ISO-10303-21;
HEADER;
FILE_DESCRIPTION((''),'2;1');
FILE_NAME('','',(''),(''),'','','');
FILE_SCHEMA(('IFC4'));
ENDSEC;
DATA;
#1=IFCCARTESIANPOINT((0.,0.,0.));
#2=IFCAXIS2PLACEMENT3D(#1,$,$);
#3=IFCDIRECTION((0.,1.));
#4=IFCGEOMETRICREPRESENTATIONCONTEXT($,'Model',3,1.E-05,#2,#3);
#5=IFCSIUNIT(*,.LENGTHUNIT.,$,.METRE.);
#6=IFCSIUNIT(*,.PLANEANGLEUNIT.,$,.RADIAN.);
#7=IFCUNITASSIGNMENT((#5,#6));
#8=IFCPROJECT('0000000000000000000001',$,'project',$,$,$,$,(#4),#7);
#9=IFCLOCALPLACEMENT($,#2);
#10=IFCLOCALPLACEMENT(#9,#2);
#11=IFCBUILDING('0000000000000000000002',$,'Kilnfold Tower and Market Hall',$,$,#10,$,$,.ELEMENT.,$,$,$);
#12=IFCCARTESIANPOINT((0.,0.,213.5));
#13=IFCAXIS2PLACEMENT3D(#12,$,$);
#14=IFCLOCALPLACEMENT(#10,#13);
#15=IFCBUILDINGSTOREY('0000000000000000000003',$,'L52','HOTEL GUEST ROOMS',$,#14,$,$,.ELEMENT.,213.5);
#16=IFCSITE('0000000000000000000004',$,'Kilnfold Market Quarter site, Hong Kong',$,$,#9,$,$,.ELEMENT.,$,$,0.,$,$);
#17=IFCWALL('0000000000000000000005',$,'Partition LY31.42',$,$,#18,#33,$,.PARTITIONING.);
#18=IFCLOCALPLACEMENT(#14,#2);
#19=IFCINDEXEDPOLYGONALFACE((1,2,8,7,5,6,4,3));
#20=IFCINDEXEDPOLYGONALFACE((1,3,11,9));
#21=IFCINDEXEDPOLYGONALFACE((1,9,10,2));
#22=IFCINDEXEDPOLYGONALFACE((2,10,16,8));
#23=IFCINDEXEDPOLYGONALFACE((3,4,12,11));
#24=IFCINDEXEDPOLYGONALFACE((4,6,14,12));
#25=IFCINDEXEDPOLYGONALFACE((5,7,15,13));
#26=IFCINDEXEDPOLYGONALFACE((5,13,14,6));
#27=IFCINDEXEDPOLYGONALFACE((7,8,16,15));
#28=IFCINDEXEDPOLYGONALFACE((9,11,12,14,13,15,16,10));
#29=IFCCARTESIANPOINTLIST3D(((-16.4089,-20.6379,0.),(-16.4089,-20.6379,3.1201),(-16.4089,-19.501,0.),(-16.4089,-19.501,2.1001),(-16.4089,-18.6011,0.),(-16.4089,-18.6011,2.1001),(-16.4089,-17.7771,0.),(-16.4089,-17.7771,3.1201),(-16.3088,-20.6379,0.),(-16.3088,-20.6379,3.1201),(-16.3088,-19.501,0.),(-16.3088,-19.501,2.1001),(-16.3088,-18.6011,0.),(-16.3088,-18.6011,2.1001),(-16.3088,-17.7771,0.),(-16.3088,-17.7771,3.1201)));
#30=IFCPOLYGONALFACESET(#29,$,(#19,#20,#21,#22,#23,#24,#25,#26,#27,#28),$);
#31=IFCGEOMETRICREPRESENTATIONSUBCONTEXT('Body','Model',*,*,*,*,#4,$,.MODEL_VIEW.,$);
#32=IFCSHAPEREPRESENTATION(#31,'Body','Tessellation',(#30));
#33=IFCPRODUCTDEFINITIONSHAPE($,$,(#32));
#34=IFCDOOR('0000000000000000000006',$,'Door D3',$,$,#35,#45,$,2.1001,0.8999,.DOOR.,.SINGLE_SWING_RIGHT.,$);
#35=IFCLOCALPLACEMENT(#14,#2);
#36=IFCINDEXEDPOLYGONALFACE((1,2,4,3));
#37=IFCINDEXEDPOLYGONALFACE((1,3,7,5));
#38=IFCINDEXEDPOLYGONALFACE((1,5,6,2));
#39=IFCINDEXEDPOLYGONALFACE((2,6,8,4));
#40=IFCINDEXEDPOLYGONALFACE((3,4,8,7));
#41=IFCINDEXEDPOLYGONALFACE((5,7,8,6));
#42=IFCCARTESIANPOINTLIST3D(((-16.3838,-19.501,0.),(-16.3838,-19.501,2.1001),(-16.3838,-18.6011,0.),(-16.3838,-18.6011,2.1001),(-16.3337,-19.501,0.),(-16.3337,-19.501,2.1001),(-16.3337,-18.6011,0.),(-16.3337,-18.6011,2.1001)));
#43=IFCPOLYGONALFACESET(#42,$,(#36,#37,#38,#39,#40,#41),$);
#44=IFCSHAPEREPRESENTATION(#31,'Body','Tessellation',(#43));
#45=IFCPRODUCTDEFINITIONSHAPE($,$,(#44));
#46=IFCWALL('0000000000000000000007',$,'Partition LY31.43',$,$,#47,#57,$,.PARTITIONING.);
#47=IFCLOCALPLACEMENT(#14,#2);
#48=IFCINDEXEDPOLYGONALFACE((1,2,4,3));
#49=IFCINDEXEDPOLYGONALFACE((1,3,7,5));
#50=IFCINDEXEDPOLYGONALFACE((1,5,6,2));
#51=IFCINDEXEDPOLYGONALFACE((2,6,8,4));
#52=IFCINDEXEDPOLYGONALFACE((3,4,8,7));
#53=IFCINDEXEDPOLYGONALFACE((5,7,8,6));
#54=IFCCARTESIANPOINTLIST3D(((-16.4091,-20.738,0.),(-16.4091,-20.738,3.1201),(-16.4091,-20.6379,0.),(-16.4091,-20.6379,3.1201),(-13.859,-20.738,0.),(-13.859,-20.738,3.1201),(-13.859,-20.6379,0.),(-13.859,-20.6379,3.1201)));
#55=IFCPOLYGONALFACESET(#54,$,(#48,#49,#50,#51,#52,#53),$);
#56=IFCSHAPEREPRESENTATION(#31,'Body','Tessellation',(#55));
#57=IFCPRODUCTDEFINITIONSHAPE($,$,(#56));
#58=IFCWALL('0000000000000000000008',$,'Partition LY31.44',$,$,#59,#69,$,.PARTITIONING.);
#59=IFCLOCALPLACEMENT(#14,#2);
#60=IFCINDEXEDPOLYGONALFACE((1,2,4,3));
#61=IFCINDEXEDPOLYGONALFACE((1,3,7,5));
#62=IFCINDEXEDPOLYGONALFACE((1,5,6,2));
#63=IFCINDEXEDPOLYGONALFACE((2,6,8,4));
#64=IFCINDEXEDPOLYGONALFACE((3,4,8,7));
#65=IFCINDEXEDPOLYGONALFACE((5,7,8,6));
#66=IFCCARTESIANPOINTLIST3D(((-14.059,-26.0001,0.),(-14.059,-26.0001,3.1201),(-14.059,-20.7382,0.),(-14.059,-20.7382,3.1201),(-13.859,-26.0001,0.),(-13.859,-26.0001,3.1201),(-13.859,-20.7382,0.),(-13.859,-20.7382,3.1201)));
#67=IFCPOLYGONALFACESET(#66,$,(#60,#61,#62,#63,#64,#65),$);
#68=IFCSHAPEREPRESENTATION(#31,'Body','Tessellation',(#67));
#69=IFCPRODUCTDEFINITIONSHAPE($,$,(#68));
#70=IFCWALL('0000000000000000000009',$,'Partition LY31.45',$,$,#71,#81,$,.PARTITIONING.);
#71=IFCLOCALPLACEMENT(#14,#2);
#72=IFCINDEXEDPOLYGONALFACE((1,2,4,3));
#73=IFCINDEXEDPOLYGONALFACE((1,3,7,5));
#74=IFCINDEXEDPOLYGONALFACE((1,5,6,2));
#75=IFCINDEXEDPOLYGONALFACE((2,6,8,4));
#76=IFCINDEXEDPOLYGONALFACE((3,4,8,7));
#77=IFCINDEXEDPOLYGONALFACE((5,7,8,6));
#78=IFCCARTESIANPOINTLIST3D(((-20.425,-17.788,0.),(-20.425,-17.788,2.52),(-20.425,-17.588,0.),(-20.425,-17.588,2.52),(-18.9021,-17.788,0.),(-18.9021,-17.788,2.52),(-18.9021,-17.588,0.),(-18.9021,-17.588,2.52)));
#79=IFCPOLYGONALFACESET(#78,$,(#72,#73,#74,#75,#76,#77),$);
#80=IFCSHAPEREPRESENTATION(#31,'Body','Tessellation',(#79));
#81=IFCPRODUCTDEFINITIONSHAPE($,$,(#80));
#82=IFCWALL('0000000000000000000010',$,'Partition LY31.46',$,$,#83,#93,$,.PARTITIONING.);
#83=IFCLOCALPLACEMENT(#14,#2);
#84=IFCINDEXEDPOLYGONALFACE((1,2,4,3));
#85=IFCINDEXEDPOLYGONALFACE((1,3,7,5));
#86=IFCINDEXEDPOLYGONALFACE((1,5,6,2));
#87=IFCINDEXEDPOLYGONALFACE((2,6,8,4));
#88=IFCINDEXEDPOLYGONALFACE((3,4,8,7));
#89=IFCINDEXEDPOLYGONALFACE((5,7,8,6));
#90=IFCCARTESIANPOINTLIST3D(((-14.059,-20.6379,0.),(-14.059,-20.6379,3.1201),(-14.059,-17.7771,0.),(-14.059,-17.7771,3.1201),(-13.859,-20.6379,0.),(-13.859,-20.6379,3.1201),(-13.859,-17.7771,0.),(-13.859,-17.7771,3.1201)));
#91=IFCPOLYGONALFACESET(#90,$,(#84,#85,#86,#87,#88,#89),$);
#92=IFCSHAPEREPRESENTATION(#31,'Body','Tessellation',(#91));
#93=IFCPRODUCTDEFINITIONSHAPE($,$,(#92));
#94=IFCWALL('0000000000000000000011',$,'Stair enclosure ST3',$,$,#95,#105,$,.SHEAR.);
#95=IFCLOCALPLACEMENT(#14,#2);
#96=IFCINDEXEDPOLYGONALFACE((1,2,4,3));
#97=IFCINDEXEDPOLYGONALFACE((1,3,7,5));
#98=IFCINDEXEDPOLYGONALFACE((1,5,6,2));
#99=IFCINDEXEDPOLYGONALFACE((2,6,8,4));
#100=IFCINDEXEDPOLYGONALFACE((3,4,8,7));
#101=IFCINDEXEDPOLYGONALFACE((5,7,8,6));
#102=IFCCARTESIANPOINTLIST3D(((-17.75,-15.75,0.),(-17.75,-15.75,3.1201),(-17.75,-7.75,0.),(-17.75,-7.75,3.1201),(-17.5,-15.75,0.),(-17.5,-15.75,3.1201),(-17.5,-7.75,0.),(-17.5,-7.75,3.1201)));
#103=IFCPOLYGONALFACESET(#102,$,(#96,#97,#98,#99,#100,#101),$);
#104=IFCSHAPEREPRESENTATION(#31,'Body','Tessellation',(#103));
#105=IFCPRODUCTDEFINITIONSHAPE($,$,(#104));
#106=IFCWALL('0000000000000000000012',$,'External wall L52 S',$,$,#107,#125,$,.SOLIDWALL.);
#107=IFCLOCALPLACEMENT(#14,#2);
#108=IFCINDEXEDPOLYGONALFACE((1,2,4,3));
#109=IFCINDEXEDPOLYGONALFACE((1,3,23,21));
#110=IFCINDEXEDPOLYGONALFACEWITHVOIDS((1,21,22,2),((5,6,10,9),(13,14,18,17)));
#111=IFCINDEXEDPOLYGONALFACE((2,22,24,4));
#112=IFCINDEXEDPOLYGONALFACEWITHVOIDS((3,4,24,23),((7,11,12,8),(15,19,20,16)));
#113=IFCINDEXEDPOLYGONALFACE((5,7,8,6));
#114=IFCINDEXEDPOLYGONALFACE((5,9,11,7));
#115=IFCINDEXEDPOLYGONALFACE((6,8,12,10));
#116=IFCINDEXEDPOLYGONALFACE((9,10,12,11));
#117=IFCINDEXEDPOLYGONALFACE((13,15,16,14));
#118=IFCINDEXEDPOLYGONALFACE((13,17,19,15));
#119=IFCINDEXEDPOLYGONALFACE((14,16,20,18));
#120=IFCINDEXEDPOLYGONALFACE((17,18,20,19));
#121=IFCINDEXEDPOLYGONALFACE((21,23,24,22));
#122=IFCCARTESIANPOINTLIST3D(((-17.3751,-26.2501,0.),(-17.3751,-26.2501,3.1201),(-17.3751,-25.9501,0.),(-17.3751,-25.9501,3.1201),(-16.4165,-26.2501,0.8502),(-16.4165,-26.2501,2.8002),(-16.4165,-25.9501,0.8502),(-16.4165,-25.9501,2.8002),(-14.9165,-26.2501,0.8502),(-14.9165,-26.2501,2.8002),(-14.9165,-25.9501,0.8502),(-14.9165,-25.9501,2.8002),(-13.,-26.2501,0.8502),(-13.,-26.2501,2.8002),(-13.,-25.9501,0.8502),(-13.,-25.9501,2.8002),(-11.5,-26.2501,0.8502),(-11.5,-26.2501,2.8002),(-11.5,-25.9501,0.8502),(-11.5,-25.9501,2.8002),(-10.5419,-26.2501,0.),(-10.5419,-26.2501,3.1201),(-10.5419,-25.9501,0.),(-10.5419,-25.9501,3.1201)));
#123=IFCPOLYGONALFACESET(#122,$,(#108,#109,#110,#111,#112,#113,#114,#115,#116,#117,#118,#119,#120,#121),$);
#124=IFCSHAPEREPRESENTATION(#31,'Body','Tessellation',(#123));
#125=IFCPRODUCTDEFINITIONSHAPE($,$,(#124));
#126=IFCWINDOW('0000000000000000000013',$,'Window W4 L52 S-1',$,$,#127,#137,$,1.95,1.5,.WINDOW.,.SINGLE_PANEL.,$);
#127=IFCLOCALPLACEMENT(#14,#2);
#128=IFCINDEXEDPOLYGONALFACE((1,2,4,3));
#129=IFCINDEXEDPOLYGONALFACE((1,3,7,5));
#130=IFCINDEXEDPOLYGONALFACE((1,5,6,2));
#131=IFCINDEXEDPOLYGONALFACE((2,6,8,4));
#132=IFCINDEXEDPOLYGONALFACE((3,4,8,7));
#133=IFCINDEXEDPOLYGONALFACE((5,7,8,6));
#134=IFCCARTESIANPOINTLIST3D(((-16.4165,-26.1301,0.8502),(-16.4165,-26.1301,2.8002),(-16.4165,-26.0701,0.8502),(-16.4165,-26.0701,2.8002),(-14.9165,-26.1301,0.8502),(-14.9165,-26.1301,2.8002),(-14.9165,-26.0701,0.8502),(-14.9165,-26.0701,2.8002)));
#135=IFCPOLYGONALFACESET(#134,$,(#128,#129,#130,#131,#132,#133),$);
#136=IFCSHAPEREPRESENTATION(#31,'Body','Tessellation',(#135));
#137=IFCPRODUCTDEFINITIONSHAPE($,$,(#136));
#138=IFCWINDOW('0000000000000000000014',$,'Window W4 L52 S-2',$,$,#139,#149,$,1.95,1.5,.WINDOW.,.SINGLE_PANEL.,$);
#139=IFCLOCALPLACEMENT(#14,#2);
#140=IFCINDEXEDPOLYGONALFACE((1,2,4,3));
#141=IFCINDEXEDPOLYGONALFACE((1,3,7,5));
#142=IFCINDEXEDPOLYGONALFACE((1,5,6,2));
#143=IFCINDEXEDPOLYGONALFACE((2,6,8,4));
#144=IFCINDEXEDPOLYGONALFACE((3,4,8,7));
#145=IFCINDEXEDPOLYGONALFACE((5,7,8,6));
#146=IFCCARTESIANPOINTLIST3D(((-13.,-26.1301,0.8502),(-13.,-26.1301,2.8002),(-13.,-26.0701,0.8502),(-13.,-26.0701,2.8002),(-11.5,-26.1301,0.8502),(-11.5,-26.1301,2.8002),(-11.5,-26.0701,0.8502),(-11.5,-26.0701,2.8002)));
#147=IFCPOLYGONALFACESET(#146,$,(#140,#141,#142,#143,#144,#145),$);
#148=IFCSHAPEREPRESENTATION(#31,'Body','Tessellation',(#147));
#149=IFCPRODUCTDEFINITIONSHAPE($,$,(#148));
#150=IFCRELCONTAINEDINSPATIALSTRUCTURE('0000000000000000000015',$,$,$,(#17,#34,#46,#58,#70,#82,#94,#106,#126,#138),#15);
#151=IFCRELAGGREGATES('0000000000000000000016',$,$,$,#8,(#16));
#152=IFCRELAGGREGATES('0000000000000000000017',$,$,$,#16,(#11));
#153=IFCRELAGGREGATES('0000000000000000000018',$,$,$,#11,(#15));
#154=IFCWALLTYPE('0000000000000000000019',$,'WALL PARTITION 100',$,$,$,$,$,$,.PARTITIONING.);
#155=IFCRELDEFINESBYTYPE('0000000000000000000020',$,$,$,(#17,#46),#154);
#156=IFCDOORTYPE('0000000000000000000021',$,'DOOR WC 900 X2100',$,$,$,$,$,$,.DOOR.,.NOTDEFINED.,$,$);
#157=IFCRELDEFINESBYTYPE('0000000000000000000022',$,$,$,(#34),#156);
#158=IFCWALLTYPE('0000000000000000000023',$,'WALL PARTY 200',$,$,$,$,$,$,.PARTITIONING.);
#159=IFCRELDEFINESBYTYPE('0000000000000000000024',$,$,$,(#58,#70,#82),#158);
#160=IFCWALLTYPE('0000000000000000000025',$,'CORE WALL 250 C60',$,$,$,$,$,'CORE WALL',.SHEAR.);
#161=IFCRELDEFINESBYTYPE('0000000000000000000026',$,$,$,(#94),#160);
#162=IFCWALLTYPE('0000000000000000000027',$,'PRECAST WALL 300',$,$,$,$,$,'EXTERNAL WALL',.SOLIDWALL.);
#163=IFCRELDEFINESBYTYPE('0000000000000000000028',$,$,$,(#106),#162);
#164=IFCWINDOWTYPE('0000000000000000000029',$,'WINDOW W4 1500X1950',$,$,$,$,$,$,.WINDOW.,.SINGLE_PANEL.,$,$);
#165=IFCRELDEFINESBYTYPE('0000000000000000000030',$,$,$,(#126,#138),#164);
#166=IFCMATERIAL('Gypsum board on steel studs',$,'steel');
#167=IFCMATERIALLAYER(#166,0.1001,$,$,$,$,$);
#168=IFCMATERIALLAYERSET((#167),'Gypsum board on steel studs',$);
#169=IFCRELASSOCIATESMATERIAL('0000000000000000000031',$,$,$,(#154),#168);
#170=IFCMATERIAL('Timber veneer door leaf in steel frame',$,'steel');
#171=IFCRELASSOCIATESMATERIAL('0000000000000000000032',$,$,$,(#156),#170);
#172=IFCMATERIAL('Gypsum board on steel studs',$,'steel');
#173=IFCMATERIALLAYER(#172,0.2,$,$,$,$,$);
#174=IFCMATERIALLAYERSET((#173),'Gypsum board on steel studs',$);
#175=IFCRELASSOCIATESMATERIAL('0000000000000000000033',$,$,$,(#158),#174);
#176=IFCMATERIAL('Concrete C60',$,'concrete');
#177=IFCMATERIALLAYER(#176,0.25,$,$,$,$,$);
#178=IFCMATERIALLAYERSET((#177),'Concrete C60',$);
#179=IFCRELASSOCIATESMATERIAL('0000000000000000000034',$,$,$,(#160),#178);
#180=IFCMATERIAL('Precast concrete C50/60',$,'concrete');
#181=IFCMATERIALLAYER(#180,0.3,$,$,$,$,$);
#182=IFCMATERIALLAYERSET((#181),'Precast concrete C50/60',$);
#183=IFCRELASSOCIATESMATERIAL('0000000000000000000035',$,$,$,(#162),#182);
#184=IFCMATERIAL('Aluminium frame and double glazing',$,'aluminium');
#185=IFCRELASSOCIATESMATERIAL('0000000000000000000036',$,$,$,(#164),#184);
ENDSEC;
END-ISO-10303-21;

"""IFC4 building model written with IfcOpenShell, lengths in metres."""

from ifc_helpers import new_model, si_unit, direction, frame, frame_2d, origin, place, context, subcontext, project, spatial, rectangle, extrude, source, transform, mapped, material, layer, layer_set, type_object, element, fill, save


model = new_model("IFC4")

# Units and contexts
model_context = context("Model", 3, precision=1e-05, world=origin(), true_north=direction((0.0, 1.0)))
body_context = subcontext(model_context, "Body", "Model", "MODEL_VIEW")
ifc_project = project(units=[si_unit("LENGTHUNIT", "METRE"), si_unit("PLANEANGLEUNIT", "RADIAN")], contexts=[model_context])

# Site, building, storey
site_placement = place(None, origin())
site = spatial("IfcSite", under=ifc_project, at=site_placement, Name="Kilnfold Market Quarter site, Hong Kong", CompositionType="ELEMENT", RefElevation=0.0)
building_placement = place(site_placement, origin())
building = spatial("IfcBuilding", under=site, at=building_placement, Name="Kilnfold Tower and Market Hall", CompositionType="ELEMENT")
storey_placement = place(building_placement, frame((0.0, 0.0, 213.5)))
storey = spatial("IfcBuildingStorey", under=building, at=storey_placement, Name="L52", Description="HOTEL GUEST ROOMS", CompositionType="ELEMENT", Elevation=213.5)

# Wall, opening, door
ifc_material_1 = material(Name="Gypsum board on steel studs", Category="steel")
ifc_layer_1 = layer(ifc_material_1, 0.1001)
ifc_layer_set_1 = layer_set([ifc_layer_1], Name="Gypsum board on steel studs")
wall_type_1 = type_object("IfcWallType", Name="WALL PARTITION 100", PredefinedType="PARTITIONING", material=ifc_layer_set_1)
wall_1_placement = place(storey_placement, frame((-16.3589, -20.6379, 0.0), z_axis=(0.0, 0.0, 1.0), x_axis=(0.0, 1.0, 0.0)))
wall_1 = element("IfcWall", 1, at=wall_1_placement, inside=storey, type_object=wall_type_1, Name="Partition LY31.42", PredefinedType="PARTITIONING", context=body_context, shape_type="SweptSolid", body=[
    extrude(rectangle(XDim=2.8608, YDim=0.1001, at=frame_2d((1.4304, 0.0))), origin(), (0.0, 0.0, 1.0), 3.1201),
])
opening_1_placement = place(wall_1_placement, frame((1.137, 0.0, 0.0)))
opening_1 = element("IfcOpeningElement", 2, at=opening_1_placement, cuts=wall_1, PredefinedType="OPENING", context=body_context, shape_type="SweptSolid", body=[
    extrude(rectangle(XDim=0.8999, YDim=2.1001, at=frame_2d((0.45, 1.05))), frame((0.0, 0.0601, 0.0), z_axis=(0.0, -1.0, 0.0), x_axis=(1.0, 0.0, 0.0)), (0.0, 0.0, 1.0), 0.1201),
])
ifc_material_2 = material(Name="Timber veneer door leaf in steel frame", Category="steel")
door_type_1 = type_object("IfcDoorType", Name="DOOR WC 900 X2100", OperationType="NOTDEFINED", PredefinedType="DOOR", material=ifc_material_2)
door_1_placement = place(opening_1_placement, origin())
door_1 = element("IfcDoor", 3, at=door_1_placement, inside=storey, type_object=door_type_1, Name="Door D3", OperationType="SINGLE_SWING_RIGHT", OverallHeight=2.1001, OverallWidth=0.8999, PredefinedType="DOOR", context=body_context, shape_type="SweptSolid", body=[
    extrude(rectangle(XDim=0.8999, YDim=2.1001, at=frame_2d((0.45, 1.05))), frame((0.0, 0.0249, 0.0), z_axis=(0.0, -1.0, 0.0), x_axis=(1.0, 0.0, 0.0)), (0.0, 0.0, 1.0), 0.05),
])
fill(opening_1, door_1)

# Walls
wall_2_placement = place(storey_placement, frame((-16.4089, -20.688, 0.0), z_axis=(0.0, 0.0, 1.0), x_axis=(1.0, 0.0, 0.0)))
element("IfcWall", 4, at=wall_2_placement, inside=storey, type_object=wall_type_1, Name="Partition LY31.43", PredefinedType="PARTITIONING", context=body_context, shape_type="SweptSolid", body=[
    extrude(rectangle(XDim=2.55, YDim=0.1001, at=frame_2d((1.2749, 0.0))), origin(), (0.0, 0.0, 1.0), 3.1201),
])
ifc_material_3 = material(Name="Gypsum board on steel studs", Category="steel")
ifc_layer_2 = layer(ifc_material_3, 0.2)
ifc_layer_set_2 = layer_set([ifc_layer_2], Name="Gypsum board on steel studs")
wall_type_2 = type_object("IfcWallType", Name="WALL PARTY 200", PredefinedType="PARTITIONING", material=ifc_layer_set_2)
wall_3_placement = place(storey_placement, frame((-13.959, -26.0, 0.0), z_axis=(0.0, 0.0, 1.0), x_axis=(0.0, 1.0, 0.0)))
element("IfcWall", 5, at=wall_3_placement, inside=storey, type_object=wall_type_2, Name="Partition LY31.44", PredefinedType="PARTITIONING", context=body_context, shape_type="SweptSolid", body=[
    extrude(rectangle(XDim=5.262, YDim=0.2, at=frame_2d((2.6309, 0.0))), origin(), (0.0, 0.0, 1.0), 3.1201),
])
wall_4_placement = place(storey_placement, frame((-20.425, -17.688, 0.0), z_axis=(0.0, 0.0, 1.0), x_axis=(1.0, 0.0, 0.0)))
element("IfcWall", 6, at=wall_4_placement, inside=storey, type_object=wall_type_2, Name="Partition LY31.45", PredefinedType="PARTITIONING", context=body_context, shape_type="SweptSolid", body=[
    extrude(rectangle(XDim=1.5229, YDim=0.2, at=frame_2d((0.7615, 0.0))), origin(), (0.0, 0.0, 1.0), 2.52),
])
wall_5_placement = place(storey_placement, frame((-13.959, -20.6379, 0.0), z_axis=(0.0, 0.0, 1.0), x_axis=(0.0, 1.0, 0.0)))
element("IfcWall", 7, at=wall_5_placement, inside=storey, type_object=wall_type_2, Name="Partition LY31.46", PredefinedType="PARTITIONING", context=body_context, shape_type="SweptSolid", body=[
    extrude(rectangle(XDim=2.8608, YDim=0.2, at=frame_2d((1.4304, 0.0))), origin(), (0.0, 0.0, 1.0), 3.1201),
])
ifc_material_4 = material(Name="Concrete C60", Category="concrete")
ifc_layer_3 = layer(ifc_material_4, 0.25)
ifc_layer_set_3 = layer_set([ifc_layer_3], Name="Concrete C60")
wall_type_3 = type_object("IfcWallType", Name="CORE WALL 250 C60", ElementType="CORE WALL", PredefinedType="SHEAR", material=ifc_layer_set_3)
shared_shape_1 = source(origin(), body_context, "Body", "SweptSolid", [
    extrude(rectangle(XDim=8.0, YDim=0.25, at=frame_2d((4.0, 0.0))), origin(), (0.0, 0.0, 1.0), 3.1201),
])
wall_6_placement = place(storey_placement, frame((-17.625, -15.75, 0.0), z_axis=(0.0, 0.0, 1.0), x_axis=(0.0, 1.0, 0.0)))
element("IfcWall", 8, at=wall_6_placement, inside=storey, type_object=wall_type_3, Name="Stair enclosure ST3", PredefinedType="SHEAR", context=body_context, shape_type="MappedRepresentation", body=[
    mapped(shared_shape_1, transform((0.0, 0.0, 0.0))),
])

# Wall, openings, windows
ifc_material_5 = material(Name="Precast concrete C50/60", Category="concrete")
ifc_layer_4 = layer(ifc_material_5, 0.3)
ifc_layer_set_4 = layer_set([ifc_layer_4], Name="Precast concrete C50/60")
wall_type_4 = type_object("IfcWallType", Name="PRECAST WALL 300", ElementType="EXTERNAL WALL", PredefinedType="SOLIDWALL", material=ifc_layer_set_4)
shared_shape_2 = source(origin(), body_context, "Body", "SweptSolid", [
    extrude(rectangle(XDim=6.8333, YDim=0.3, at=frame_2d((3.4165, 0.0))), origin(), (0.0, 0.0, 1.0), 3.1201),
])
wall_7_placement = place(storey_placement, frame((-17.375, -26.1001, 0.0), z_axis=(0.0, 0.0, 1.0), x_axis=(1.0, 0.0, 0.0)))
wall_7 = element("IfcWall", 9, at=wall_7_placement, inside=storey, type_object=wall_type_4, Name="External wall L52 S", PredefinedType="SOLIDWALL", context=body_context, shape_type="MappedRepresentation", body=[
    mapped(shared_shape_2, transform((0.0, 0.0, 0.0))),
])
opening_2_placement = place(wall_7_placement, frame((0.9585, 0.0, 0.8501)))
opening_2 = element("IfcOpeningElement", 10, at=opening_2_placement, cuts=wall_7, PredefinedType="OPENING", context=body_context, shape_type="SweptSolid", body=[
    extrude(rectangle(XDim=1.5, YDim=1.95, at=frame_2d((0.75, 0.9751))), frame((0.0, 0.1602, 0.0), z_axis=(0.0, -1.0, 0.0), x_axis=(1.0, 0.0, 0.0)), (0.0, 0.0, 1.0), 0.3201),
])
opening_3_placement = place(wall_7_placement, frame((4.375, 0.0, 0.8501)))
opening_3 = element("IfcOpeningElement", 11, at=opening_3_placement, cuts=wall_7, PredefinedType="OPENING", context=body_context, shape_type="SweptSolid", body=[
    extrude(rectangle(XDim=1.5, YDim=1.95, at=frame_2d((0.75, 0.9751))), frame((0.0, 0.1602, 0.0), z_axis=(0.0, -1.0, 0.0), x_axis=(1.0, 0.0, 0.0)), (0.0, 0.0, 1.0), 0.3201),
])
ifc_material_6 = material(Name="Aluminium frame and double glazing", Category="aluminium")
window_type_1 = type_object("IfcWindowType", Name="WINDOW W4 1500X1950", PartitioningType="SINGLE_PANEL", PredefinedType="WINDOW", material=ifc_material_6)
window_1_placement = place(opening_2_placement, origin())
window_1 = element("IfcWindow", 12, at=window_1_placement, inside=storey, type_object=window_type_1, Name="Window W4 L52 S-1", OverallHeight=1.95, OverallWidth=1.5, PartitioningType="SINGLE_PANEL", PredefinedType="WINDOW", context=body_context, shape_type="SweptSolid", body=[
    extrude(rectangle(XDim=1.5, YDim=1.95, at=frame_2d((0.75, 0.9751))), frame((0.0, 0.03, 0.0), z_axis=(0.0, -1.0, 0.0), x_axis=(1.0, 0.0, 0.0)), (0.0, 0.0, 1.0), 0.0601),
])
fill(opening_2, window_1)
window_2_placement = place(opening_3_placement, origin())
window_2 = element("IfcWindow", 13, at=window_2_placement, inside=storey, type_object=window_type_1, Name="Window W4 L52 S-2", OverallHeight=1.95, OverallWidth=1.5, PartitioningType="SINGLE_PANEL", PredefinedType="WINDOW", context=body_context, shape_type="SweptSolid", body=[
    extrude(rectangle(XDim=1.5, YDim=1.95, at=frame_2d((0.75, 0.9751))), frame((0.0, 0.03, 0.0), z_axis=(0.0, -1.0, 0.0), x_axis=(1.0, 0.0, 0.0)), (0.0, 0.0, 1.0), 0.0601),
])
fill(opening_3, window_2)

save(model, "model.ifc")
